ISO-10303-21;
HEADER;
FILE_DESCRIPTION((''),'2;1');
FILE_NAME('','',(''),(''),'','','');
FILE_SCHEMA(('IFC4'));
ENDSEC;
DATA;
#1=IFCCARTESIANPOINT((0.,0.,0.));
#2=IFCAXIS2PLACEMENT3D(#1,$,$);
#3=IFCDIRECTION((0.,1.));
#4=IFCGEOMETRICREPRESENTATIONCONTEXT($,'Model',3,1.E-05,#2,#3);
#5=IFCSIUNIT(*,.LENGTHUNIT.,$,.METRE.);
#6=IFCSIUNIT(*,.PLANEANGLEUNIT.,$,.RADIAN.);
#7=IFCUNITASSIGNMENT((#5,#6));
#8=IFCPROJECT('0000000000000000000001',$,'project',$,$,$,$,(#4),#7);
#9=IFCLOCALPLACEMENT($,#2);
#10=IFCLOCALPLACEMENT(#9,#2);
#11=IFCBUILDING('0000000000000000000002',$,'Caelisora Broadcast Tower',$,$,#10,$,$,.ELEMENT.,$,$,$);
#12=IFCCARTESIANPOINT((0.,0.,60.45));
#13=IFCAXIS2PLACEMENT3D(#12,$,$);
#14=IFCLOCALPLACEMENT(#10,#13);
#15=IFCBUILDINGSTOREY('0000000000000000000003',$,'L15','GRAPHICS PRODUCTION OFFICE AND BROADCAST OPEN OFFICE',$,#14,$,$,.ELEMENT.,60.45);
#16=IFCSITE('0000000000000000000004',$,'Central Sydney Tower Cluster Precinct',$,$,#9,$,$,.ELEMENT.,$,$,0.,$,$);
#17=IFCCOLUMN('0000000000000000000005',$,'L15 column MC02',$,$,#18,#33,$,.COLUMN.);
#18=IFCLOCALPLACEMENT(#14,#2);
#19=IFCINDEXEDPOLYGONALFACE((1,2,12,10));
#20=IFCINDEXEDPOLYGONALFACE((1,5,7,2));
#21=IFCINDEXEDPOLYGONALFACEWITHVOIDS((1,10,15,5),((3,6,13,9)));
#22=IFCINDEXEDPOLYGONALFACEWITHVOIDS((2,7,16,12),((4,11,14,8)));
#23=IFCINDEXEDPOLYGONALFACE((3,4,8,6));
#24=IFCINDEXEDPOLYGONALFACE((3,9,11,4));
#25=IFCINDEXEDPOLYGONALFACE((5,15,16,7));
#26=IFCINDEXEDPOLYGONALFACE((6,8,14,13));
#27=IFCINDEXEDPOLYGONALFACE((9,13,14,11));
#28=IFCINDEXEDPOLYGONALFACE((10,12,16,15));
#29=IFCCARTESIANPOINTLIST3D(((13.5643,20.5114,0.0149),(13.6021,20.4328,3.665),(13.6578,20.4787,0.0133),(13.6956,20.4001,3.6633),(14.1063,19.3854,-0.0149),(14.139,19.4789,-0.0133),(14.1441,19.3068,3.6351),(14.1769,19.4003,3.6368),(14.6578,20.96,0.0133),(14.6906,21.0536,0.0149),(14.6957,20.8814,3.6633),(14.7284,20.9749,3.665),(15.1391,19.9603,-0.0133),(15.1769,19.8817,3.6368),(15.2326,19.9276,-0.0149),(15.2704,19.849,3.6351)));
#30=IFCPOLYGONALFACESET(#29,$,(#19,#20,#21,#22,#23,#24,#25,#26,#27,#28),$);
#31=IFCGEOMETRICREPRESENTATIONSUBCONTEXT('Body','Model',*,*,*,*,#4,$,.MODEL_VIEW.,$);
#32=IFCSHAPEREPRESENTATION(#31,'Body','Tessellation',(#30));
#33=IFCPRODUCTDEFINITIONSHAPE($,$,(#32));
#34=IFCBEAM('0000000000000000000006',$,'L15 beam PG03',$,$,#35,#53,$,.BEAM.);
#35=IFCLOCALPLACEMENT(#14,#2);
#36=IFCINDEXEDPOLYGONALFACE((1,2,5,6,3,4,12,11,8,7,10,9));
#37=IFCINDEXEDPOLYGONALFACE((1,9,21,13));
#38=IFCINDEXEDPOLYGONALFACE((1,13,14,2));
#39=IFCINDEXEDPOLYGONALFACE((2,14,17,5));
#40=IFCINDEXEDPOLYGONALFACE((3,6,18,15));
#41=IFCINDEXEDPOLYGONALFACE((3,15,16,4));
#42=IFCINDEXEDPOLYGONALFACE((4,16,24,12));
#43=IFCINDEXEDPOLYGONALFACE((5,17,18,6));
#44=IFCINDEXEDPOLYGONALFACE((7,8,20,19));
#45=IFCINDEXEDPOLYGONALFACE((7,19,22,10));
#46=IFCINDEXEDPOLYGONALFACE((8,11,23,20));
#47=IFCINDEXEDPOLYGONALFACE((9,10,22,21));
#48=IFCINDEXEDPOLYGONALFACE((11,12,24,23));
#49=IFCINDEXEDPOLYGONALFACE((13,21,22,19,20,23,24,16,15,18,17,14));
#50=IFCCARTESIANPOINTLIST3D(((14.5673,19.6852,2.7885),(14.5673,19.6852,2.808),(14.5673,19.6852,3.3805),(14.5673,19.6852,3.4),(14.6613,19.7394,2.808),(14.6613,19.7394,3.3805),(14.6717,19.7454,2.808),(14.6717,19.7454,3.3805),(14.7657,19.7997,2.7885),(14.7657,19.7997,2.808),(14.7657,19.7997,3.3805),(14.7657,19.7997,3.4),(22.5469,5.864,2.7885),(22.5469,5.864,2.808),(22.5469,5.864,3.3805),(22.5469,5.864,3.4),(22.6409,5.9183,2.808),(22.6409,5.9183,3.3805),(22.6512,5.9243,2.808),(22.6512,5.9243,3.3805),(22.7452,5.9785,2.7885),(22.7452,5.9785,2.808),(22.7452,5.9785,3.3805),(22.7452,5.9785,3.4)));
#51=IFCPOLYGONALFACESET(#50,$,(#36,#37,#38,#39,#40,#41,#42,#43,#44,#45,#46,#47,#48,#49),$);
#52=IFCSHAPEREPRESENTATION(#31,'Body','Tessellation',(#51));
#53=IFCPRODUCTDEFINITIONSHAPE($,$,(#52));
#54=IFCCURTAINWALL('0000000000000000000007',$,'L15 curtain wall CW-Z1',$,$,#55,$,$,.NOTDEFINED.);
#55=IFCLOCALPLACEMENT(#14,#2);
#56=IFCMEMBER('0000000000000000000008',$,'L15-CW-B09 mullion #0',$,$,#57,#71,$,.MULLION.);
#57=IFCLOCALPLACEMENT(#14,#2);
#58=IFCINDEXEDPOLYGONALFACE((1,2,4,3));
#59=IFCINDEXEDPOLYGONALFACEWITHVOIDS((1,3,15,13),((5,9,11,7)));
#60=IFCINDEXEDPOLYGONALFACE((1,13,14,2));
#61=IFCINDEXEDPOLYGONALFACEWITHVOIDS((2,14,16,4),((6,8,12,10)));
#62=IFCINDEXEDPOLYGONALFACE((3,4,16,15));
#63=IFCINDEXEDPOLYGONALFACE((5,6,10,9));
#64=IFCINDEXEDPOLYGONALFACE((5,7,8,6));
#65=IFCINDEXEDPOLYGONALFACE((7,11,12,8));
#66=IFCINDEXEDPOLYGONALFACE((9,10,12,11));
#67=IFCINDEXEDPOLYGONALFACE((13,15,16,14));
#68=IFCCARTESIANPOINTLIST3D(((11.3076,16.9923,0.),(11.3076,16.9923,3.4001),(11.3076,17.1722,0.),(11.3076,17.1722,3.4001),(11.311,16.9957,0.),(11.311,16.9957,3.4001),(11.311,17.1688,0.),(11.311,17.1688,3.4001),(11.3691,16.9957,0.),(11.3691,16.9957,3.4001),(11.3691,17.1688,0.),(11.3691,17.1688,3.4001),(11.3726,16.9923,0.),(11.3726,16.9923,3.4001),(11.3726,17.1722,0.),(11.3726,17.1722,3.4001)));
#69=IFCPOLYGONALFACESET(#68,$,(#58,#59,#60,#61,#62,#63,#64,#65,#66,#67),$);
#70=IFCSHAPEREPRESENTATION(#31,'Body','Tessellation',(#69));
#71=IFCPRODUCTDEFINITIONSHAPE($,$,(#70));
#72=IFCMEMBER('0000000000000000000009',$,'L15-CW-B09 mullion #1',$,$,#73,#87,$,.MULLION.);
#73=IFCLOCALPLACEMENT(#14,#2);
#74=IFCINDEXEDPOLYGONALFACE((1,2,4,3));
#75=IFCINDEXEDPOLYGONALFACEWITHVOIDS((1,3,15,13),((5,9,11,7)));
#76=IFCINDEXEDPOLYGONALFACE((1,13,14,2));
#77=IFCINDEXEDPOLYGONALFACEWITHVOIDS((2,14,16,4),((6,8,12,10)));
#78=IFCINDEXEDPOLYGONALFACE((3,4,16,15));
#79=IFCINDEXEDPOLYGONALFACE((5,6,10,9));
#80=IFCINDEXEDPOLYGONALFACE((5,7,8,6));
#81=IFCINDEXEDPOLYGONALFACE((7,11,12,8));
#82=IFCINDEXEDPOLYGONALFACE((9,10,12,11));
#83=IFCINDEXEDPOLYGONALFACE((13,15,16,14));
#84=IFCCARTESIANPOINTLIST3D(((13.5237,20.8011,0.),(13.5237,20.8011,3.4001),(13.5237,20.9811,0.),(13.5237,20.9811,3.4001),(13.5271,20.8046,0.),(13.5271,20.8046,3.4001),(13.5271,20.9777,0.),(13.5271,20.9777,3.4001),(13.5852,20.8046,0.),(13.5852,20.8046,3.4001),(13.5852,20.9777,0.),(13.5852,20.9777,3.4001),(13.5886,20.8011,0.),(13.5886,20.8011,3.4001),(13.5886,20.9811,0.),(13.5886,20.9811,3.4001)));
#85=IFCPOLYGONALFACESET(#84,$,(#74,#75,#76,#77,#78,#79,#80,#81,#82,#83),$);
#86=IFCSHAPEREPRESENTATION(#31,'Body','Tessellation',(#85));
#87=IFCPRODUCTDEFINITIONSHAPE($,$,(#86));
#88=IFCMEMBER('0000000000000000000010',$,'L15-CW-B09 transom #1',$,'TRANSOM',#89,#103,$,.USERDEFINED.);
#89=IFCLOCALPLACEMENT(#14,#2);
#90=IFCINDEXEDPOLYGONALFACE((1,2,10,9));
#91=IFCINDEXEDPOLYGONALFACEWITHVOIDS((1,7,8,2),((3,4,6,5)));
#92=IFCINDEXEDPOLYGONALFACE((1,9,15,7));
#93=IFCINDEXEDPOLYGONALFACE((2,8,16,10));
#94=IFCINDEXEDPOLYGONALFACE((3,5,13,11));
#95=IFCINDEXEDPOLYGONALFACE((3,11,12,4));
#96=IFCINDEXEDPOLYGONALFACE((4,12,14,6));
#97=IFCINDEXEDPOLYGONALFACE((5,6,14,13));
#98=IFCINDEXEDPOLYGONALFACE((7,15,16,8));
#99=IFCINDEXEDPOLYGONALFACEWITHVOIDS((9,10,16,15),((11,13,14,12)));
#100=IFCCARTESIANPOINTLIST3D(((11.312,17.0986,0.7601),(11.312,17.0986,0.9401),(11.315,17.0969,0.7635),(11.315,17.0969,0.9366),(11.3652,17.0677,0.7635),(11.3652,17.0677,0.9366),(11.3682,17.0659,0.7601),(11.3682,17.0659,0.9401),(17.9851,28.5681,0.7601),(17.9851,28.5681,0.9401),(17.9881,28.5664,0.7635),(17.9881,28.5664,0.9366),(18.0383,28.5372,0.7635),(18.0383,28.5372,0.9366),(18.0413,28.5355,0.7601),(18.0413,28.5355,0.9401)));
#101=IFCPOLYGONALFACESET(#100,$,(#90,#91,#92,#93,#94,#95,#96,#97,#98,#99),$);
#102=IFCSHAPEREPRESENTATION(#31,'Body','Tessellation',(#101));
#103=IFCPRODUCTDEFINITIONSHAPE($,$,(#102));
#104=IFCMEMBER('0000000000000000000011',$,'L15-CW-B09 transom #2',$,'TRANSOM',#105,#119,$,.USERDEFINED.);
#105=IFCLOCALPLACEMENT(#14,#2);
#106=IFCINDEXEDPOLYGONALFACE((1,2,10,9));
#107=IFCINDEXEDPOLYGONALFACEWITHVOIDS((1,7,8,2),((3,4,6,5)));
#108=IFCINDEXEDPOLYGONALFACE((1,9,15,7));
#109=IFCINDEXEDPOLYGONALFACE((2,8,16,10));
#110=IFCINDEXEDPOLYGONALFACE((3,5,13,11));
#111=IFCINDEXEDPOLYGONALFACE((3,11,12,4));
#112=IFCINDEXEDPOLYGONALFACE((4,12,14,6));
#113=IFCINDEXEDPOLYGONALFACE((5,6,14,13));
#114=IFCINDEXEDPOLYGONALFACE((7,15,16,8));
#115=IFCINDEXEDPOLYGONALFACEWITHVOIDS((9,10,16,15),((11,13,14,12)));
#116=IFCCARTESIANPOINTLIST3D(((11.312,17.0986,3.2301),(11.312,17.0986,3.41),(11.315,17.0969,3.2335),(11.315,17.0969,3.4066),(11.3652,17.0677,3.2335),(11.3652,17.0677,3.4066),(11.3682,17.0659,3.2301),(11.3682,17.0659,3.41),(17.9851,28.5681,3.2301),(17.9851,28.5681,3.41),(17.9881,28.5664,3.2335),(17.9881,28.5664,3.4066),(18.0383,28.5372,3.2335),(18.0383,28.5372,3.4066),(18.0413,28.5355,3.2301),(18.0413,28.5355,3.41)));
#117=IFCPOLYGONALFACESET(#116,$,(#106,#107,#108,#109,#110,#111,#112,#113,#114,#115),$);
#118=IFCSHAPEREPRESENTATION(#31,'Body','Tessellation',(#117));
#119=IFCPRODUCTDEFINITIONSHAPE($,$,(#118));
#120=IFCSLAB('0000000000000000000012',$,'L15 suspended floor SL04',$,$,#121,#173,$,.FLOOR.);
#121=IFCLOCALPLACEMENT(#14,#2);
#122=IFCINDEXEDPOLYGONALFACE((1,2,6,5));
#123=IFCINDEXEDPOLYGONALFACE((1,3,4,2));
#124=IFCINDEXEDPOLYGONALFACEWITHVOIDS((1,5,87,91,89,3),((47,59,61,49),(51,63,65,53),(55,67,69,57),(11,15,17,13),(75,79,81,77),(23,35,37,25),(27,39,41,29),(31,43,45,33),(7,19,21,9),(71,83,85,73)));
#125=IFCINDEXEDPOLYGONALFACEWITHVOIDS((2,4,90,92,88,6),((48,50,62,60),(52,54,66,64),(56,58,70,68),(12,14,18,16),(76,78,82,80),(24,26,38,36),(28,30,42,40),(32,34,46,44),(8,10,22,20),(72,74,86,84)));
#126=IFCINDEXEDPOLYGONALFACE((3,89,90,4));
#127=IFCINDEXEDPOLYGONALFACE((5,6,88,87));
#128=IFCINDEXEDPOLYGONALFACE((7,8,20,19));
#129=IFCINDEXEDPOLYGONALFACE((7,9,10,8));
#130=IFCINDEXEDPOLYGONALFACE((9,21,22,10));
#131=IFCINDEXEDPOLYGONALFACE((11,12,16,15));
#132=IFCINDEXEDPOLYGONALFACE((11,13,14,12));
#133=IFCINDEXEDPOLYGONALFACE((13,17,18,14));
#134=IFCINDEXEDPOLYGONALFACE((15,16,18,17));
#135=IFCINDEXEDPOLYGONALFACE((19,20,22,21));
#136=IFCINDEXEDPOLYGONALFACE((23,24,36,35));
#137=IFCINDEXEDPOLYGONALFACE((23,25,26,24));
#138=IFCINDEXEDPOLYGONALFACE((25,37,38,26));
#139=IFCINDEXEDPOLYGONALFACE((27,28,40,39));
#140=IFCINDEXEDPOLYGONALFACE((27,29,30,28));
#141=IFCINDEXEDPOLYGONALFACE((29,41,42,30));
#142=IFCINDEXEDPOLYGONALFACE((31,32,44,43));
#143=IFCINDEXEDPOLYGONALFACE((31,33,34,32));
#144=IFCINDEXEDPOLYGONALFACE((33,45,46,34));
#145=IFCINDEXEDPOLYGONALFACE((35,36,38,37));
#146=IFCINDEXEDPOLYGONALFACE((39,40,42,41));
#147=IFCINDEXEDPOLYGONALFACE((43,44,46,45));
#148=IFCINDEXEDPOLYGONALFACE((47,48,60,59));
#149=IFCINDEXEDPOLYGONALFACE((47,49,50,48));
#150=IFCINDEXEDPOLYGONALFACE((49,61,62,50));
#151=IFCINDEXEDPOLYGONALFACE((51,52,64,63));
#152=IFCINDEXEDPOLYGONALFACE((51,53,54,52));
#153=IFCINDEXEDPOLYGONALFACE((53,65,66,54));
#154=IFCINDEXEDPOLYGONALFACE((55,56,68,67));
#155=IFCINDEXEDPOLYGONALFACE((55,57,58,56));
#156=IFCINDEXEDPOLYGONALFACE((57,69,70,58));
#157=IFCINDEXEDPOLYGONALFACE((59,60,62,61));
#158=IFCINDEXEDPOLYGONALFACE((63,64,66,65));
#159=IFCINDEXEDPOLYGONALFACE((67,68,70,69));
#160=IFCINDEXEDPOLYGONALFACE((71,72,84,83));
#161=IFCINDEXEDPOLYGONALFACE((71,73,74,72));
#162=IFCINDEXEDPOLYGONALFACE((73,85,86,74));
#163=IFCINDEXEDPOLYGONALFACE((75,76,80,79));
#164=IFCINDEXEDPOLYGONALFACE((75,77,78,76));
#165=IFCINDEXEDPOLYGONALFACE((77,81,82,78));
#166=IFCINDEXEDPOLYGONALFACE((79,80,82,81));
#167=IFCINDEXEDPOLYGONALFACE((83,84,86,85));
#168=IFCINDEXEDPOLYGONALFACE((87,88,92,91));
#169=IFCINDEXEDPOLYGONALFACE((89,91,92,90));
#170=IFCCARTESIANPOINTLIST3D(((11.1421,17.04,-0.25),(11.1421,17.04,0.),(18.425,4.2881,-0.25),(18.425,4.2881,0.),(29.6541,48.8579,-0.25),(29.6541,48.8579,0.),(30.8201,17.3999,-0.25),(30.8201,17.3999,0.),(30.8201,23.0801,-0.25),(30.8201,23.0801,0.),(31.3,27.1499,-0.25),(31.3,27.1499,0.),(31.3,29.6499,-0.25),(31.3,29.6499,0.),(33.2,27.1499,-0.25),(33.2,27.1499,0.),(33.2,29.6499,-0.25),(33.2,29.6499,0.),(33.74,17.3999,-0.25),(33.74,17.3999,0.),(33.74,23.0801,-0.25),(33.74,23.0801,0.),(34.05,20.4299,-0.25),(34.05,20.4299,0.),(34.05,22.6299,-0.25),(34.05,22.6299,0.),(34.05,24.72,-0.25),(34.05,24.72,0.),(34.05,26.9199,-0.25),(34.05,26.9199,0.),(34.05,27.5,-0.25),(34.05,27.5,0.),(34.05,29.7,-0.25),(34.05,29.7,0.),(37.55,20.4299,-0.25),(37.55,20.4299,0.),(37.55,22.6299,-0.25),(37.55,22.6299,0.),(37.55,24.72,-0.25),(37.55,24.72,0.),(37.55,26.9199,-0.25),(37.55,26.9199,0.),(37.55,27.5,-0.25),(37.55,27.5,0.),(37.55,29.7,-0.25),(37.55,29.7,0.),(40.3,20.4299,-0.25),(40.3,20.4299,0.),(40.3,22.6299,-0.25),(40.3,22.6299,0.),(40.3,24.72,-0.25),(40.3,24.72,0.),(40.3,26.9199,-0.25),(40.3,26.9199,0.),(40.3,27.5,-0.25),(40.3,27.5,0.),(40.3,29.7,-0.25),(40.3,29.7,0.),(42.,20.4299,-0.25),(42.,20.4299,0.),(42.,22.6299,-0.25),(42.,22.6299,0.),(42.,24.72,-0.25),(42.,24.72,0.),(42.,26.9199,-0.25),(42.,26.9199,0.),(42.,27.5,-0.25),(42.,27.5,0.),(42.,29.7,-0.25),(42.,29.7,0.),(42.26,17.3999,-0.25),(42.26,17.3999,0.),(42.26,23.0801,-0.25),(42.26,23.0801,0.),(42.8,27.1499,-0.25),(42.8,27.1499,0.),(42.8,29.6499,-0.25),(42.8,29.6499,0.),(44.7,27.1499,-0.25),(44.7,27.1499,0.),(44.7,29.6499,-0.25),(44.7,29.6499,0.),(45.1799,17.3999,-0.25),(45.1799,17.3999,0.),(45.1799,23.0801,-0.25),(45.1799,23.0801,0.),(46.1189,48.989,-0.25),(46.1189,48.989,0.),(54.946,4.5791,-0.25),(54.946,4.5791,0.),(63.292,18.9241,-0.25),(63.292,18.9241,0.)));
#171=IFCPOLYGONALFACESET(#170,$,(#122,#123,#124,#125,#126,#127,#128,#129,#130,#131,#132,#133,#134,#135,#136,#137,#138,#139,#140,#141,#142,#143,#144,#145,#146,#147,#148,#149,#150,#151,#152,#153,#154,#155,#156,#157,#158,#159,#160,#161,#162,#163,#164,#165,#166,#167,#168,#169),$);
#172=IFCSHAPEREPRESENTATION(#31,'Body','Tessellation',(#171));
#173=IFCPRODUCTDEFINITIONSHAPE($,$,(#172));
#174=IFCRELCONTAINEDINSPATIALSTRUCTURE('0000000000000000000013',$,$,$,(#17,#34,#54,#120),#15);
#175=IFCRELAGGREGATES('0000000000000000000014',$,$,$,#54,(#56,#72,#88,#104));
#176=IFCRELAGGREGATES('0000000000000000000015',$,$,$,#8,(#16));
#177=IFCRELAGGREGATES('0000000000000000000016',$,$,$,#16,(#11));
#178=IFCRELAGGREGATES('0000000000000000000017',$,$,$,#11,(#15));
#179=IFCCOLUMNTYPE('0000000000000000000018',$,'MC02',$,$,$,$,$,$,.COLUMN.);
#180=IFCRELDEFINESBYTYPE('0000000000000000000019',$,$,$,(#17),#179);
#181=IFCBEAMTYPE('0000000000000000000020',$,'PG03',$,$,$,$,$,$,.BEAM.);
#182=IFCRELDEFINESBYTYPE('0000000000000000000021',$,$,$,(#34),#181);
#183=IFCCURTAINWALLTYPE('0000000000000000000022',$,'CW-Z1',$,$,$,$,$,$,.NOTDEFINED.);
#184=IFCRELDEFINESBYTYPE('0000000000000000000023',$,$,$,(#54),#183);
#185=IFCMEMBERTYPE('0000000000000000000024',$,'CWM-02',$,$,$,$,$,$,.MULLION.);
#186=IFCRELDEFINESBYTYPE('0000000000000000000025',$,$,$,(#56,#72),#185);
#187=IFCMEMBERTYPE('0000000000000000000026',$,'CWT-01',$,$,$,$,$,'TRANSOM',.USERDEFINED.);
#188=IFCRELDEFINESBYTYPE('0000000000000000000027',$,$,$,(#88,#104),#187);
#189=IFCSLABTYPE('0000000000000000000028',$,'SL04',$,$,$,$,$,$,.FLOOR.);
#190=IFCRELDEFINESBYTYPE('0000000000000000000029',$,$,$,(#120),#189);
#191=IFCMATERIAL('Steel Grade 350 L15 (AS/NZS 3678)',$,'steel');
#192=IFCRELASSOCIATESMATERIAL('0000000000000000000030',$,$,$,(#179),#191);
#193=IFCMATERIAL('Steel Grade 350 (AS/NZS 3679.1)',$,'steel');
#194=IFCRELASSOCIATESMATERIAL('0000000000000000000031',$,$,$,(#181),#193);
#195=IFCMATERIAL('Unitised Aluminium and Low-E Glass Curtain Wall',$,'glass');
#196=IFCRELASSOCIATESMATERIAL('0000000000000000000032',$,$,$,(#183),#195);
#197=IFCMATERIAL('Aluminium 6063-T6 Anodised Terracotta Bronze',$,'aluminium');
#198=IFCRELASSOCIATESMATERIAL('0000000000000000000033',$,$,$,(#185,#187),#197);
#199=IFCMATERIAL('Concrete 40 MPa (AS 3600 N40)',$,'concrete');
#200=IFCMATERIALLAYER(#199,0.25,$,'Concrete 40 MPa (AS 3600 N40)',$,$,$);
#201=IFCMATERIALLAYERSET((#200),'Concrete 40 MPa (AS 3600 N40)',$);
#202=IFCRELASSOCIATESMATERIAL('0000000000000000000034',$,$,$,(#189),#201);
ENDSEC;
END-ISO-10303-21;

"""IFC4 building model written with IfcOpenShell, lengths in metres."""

from ifc_helpers import new_model, si_unit, direction, frame, origin, origin_2d, place, context, subcontext, project, spatial, polyline, hollow_rectangle, i_section, outline, extrude, source, transform, mapped, material, layer, layer_set, material_profile, profile_set, type_object, type_shapes, element, aggregate, save


model = new_model("IFC4")

# Units and contexts
model_context = context("Model", 3, precision=1e-05, world=origin(), true_north=direction((0.0, 1.0)))
body_context = subcontext(model_context, "Body", "Model", "MODEL_VIEW")
ifc_project = project(units=[si_unit("LENGTHUNIT", "METRE"), si_unit("PLANEANGLEUNIT", "RADIAN")], contexts=[model_context])

# Site, building, storey
site_placement = place(None, origin())
site = spatial("IfcSite", under=ifc_project, at=site_placement, Name="Central Sydney Tower Cluster Precinct", CompositionType="ELEMENT", RefElevation=0.0)
building_placement = place(site_placement, origin())
building = spatial("IfcBuilding", under=site, at=building_placement, Name="Caelisora Broadcast Tower", CompositionType="ELEMENT")
storey_placement = place(building_placement, frame((0.0, 0.0, 60.45)))
storey = spatial("IfcBuildingStorey", under=building, at=storey_placement, Name="L15", Description="GRAPHICS PRODUCTION OFFICE AND BROADCAST OPEN OFFICE", CompositionType="ELEMENT", Elevation=60.45)

# Column
ifc_material_1 = material(Name="Steel Grade 350 L15 (AS/NZS 3678)", Category="steel")
ifc_material_profile_1 = material_profile(ifc_material_1, hollow_rectangle(XDim=1.25, YDim=1.25, WallThickness=0.0701, at=origin_2d()), Name="Steel Grade 350 L15 (AS/NZS 3678)")
ifc_profile_set_1 = profile_set([ifc_material_profile_1], Name="Steel Grade 350 L15 (AS/NZS 3678)")
column_type = type_object("IfcColumnType", Name="MC02", PredefinedType="COLUMN", material=ifc_profile_set_1)
shared_shape_1 = source(origin(), body_context, "Body", "SweptSolid", [
    extrude(hollow_rectangle(XDim=1.25, YDim=1.25, WallThickness=0.0701, at=origin_2d()), origin(), (0.0, 0.0, 1.0), 3.6511),
])
type_shapes(column_type, [shared_shape_1])
column_placement = place(storey_placement, frame((14.3984, 20.2195, 0.0), z_axis=(0.010364, -0.021531, 0.999714), x_axis=(0.901042, 0.433731, 0.0)))
element("IfcColumn", 1, at=column_placement, inside=storey, type_object=column_type, Name="L15 column MC02", PredefinedType="COLUMN", context=body_context, shape_type="MappedRepresentation", body=[
    mapped(shared_shape_1, transform((0.0, 0.0, 0.0), scale=1.0)),
])

# Beam
ifc_material_2 = material(Name="Steel Grade 350 (AS/NZS 3679.1)", Category="steel")
ifc_material_profile_2 = material_profile(ifc_material_2, i_section(OverallWidth=0.229, OverallDepth=0.6116, WebThickness=0.012, FlangeThickness=0.0195, at=origin_2d()), Name="Steel Grade 350 (AS/NZS 3679.1)")
ifc_profile_set_2 = profile_set([ifc_material_profile_2], Name="Steel Grade 350 (AS/NZS 3679.1)")
beam_type = type_object("IfcBeamType", Name="PG03", PredefinedType="BEAM", material=ifc_profile_set_2)
shared_shape_2 = source(origin(), body_context, "Body", "SweptSolid", [
    extrude(i_section(OverallWidth=0.229, OverallDepth=0.6116, WebThickness=0.012, FlangeThickness=0.0195, at=origin_2d()), origin(), (0.0, 0.0, 1.0), 15.9592),
])
type_shapes(beam_type, [shared_shape_2])
beam_placement = place(storey_placement, frame((14.6665, 19.7424, 3.0942), z_axis=(0.499996, -0.866028, 0.0), x_axis=(0.866028, 0.499996, 0.0)))
element("IfcBeam", 2, at=beam_placement, inside=storey, type_object=beam_type, Name="L15 beam PG03", PredefinedType="BEAM", context=body_context, shape_type="MappedRepresentation", body=[
    mapped(shared_shape_2, transform((0.0, 0.0, 0.0), scale=1.0)),
])

# Curtain wall, members
ifc_material_3 = material(Name="Unitised Aluminium and Low-E Glass Curtain Wall", Category="glass")
curtain_wall_type = type_object("IfcCurtainWallType", Name="CW-Z1", PredefinedType="NOTDEFINED", material=ifc_material_3)
curtain_wall_placement = place(storey_placement, origin())
curtain_wall = element("IfcCurtainWall", 3, at=curtain_wall_placement, inside=storey, type_object=curtain_wall_type, Name="L15 curtain wall CW-Z1", PredefinedType="NOTDEFINED")
ifc_material_4 = material(Name="Aluminium 6063-T6 Anodised Terracotta Bronze", Category="aluminium")
ifc_material_profile_3 = material_profile(ifc_material_4, hollow_rectangle(XDim=0.0649, YDim=0.1799, WallThickness=0.0034, at=origin_2d()), Name="Aluminium 6063-T6 Anodised Terracotta Bronze")
ifc_profile_set_3 = profile_set([ifc_material_profile_3], Name="Aluminium 6063-T6 Anodised Terracotta Bronze")
member_type_1 = type_object("IfcMemberType", Name="CWM-02", PredefinedType="MULLION", material=ifc_profile_set_3)
shared_shape_3 = source(origin(), body_context, "Body", "SweptSolid", [
    extrude(hollow_rectangle(XDim=0.0649, YDim=0.1799, WallThickness=0.0034, at=origin_2d()), origin(), (0.0, 0.0, 1.0), 3.4001),
])
type_shapes(member_type_1, [shared_shape_3])
member_1_placement = place(storey_placement, frame((11.3401, 17.0823, 0.0), z_axis=(0.0, 0.0, 1.0), x_axis=(1.0, 0.0, 0.0)))
member_1 = element("IfcMember", 4, at=member_1_placement, type_object=member_type_1, Name="L15-CW-B09 mullion #0", PredefinedType="MULLION", context=body_context, shape_type="MappedRepresentation", body=[
    mapped(shared_shape_3, transform((0.0, 0.0, 0.0), scale=1.0)),
])
member_2_placement = place(storey_placement, frame((13.5562, 20.8911, 0.0), z_axis=(0.0, 0.0, 1.0), x_axis=(1.0, 0.0, 0.0)))
member_2 = element("IfcMember", 5, at=member_2_placement, type_object=member_type_1, Name="L15-CW-B09 mullion #1", PredefinedType="MULLION", context=body_context, shape_type="MappedRepresentation", body=[
    mapped(shared_shape_3, transform((0.0, 0.0, 0.0), scale=1.0)),
])
ifc_material_profile_4 = material_profile(ifc_material_4, hollow_rectangle(XDim=0.0649, YDim=0.1799, WallThickness=0.0034, at=origin_2d()), Name="Aluminium 6063-T6 Anodised Terracotta Bronze")
ifc_profile_set_4 = profile_set([ifc_material_profile_4], Name="Aluminium 6063-T6 Anodised Terracotta Bronze")
member_type_2 = type_object("IfcMemberType", Name="CWT-01", ElementType="TRANSOM", PredefinedType="USERDEFINED", material=ifc_profile_set_4)
shared_shape_4 = source(origin(), body_context, "Body", "SweptSolid", [
    extrude(hollow_rectangle(XDim=0.0649, YDim=0.1799, WallThickness=0.0034, at=origin_2d()), origin(), (0.0, 0.0, 1.0), 13.2695),
])
type_shapes(member_type_2, [shared_shape_4])
member_3_placement = place(storey_placement, frame((11.3401, 17.0823, 0.8501), z_axis=(0.50289, 0.86435, 0.0), x_axis=(-0.86435, 0.50289, 0.0)))
member_3 = element("IfcMember", 6, at=member_3_placement, type_object=member_type_2, Name="L15-CW-B09 transom #1", ObjectType="TRANSOM", PredefinedType="USERDEFINED", context=body_context, shape_type="MappedRepresentation", body=[
    mapped(shared_shape_4, transform((0.0, 0.0, 0.0), scale=1.0)),
])
member_4_placement = place(storey_placement, frame((11.3401, 17.0823, 3.3201), z_axis=(0.50289, 0.86435, 0.0), x_axis=(-0.86435, 0.50289, 0.0)))
member_4 = element("IfcMember", 7, at=member_4_placement, type_object=member_type_2, Name="L15-CW-B09 transom #2", ObjectType="TRANSOM", PredefinedType="USERDEFINED", context=body_context, shape_type="MappedRepresentation", body=[
    mapped(shared_shape_4, transform((0.0, 0.0, 0.0), scale=1.0)),
])

# Slab
ifc_material_5 = material(Name="Concrete 40 MPa (AS 3600 N40)", Category="concrete")
ifc_layer_1 = layer(ifc_material_5, 0.25, Name="Concrete 40 MPa (AS 3600 N40)")
ifc_layer_set_1 = layer_set([ifc_layer_1], Name="Concrete 40 MPa (AS 3600 N40)")
slab_type_1 = type_object("IfcSlabType", Name="SL04", PredefinedType="FLOOR", material=ifc_layer_set_1)
slab_1_placement = place(storey_placement, frame((0.0, 0.0, -0.25)))
element("IfcSlab", 8, at=slab_1_placement, inside=storey, type_object=slab_type_1, Name="L15 suspended floor SL04", PredefinedType="FLOOR", context=body_context, shape_type="SweptSolid", body=[
    extrude(outline(polyline([(46.1189, 48.989), (29.6541, 48.8579), (11.1421, 17.04), (18.425, 4.2881), (54.946, 4.5791), (63.292, 18.9241), (46.1189, 48.989)]), holes=[polyline([(30.8201, 17.3999), (33.74, 17.3999), (33.74, 23.0801), (30.8201, 23.0801), (30.8201, 17.3999)]), polyline([(42.26, 17.3999), (45.1799, 17.3999), (45.1799, 23.0801), (42.26, 23.0801), (42.26, 17.3999)]), polyline([(42.8, 27.1499), (44.7, 27.1499), (44.7, 29.6499), (42.8, 29.6499), (42.8, 27.1499)]), polyline([(40.3, 20.4299), (42.0, 20.4299), (42.0, 22.6299), (40.3, 22.6299), (40.3, 20.4299)]), polyline([(40.3, 24.72), (42.0, 24.72), (42.0, 26.9199), (40.3, 26.9199), (40.3, 24.72)]), polyline([(40.3, 27.5), (42.0, 27.5), (42.0, 29.7), (40.3, 29.7), (40.3, 27.5)]), polyline([(34.05, 20.4299), (37.55, 20.4299), (37.55, 22.6299), (34.05, 22.6299), (34.05, 20.4299)]), polyline([(34.05, 24.72), (37.55, 24.72), (37.55, 26.9199), (34.05, 26.9199), (34.05, 24.72)]), polyline([(34.05, 27.5), (37.55, 27.5), (37.55, 29.7), (34.05, 29.7), (34.05, 27.5)]), polyline([(31.3, 27.1499), (33.2, 27.1499), (33.2, 29.6499), (31.3, 29.6499), (31.3, 27.1499)])]), origin(), (0.0, 0.0, 1.0), 0.25),
])

aggregate(curtain_wall, [member_1, member_2, member_3, member_4])

save(model, "model.ifc")
